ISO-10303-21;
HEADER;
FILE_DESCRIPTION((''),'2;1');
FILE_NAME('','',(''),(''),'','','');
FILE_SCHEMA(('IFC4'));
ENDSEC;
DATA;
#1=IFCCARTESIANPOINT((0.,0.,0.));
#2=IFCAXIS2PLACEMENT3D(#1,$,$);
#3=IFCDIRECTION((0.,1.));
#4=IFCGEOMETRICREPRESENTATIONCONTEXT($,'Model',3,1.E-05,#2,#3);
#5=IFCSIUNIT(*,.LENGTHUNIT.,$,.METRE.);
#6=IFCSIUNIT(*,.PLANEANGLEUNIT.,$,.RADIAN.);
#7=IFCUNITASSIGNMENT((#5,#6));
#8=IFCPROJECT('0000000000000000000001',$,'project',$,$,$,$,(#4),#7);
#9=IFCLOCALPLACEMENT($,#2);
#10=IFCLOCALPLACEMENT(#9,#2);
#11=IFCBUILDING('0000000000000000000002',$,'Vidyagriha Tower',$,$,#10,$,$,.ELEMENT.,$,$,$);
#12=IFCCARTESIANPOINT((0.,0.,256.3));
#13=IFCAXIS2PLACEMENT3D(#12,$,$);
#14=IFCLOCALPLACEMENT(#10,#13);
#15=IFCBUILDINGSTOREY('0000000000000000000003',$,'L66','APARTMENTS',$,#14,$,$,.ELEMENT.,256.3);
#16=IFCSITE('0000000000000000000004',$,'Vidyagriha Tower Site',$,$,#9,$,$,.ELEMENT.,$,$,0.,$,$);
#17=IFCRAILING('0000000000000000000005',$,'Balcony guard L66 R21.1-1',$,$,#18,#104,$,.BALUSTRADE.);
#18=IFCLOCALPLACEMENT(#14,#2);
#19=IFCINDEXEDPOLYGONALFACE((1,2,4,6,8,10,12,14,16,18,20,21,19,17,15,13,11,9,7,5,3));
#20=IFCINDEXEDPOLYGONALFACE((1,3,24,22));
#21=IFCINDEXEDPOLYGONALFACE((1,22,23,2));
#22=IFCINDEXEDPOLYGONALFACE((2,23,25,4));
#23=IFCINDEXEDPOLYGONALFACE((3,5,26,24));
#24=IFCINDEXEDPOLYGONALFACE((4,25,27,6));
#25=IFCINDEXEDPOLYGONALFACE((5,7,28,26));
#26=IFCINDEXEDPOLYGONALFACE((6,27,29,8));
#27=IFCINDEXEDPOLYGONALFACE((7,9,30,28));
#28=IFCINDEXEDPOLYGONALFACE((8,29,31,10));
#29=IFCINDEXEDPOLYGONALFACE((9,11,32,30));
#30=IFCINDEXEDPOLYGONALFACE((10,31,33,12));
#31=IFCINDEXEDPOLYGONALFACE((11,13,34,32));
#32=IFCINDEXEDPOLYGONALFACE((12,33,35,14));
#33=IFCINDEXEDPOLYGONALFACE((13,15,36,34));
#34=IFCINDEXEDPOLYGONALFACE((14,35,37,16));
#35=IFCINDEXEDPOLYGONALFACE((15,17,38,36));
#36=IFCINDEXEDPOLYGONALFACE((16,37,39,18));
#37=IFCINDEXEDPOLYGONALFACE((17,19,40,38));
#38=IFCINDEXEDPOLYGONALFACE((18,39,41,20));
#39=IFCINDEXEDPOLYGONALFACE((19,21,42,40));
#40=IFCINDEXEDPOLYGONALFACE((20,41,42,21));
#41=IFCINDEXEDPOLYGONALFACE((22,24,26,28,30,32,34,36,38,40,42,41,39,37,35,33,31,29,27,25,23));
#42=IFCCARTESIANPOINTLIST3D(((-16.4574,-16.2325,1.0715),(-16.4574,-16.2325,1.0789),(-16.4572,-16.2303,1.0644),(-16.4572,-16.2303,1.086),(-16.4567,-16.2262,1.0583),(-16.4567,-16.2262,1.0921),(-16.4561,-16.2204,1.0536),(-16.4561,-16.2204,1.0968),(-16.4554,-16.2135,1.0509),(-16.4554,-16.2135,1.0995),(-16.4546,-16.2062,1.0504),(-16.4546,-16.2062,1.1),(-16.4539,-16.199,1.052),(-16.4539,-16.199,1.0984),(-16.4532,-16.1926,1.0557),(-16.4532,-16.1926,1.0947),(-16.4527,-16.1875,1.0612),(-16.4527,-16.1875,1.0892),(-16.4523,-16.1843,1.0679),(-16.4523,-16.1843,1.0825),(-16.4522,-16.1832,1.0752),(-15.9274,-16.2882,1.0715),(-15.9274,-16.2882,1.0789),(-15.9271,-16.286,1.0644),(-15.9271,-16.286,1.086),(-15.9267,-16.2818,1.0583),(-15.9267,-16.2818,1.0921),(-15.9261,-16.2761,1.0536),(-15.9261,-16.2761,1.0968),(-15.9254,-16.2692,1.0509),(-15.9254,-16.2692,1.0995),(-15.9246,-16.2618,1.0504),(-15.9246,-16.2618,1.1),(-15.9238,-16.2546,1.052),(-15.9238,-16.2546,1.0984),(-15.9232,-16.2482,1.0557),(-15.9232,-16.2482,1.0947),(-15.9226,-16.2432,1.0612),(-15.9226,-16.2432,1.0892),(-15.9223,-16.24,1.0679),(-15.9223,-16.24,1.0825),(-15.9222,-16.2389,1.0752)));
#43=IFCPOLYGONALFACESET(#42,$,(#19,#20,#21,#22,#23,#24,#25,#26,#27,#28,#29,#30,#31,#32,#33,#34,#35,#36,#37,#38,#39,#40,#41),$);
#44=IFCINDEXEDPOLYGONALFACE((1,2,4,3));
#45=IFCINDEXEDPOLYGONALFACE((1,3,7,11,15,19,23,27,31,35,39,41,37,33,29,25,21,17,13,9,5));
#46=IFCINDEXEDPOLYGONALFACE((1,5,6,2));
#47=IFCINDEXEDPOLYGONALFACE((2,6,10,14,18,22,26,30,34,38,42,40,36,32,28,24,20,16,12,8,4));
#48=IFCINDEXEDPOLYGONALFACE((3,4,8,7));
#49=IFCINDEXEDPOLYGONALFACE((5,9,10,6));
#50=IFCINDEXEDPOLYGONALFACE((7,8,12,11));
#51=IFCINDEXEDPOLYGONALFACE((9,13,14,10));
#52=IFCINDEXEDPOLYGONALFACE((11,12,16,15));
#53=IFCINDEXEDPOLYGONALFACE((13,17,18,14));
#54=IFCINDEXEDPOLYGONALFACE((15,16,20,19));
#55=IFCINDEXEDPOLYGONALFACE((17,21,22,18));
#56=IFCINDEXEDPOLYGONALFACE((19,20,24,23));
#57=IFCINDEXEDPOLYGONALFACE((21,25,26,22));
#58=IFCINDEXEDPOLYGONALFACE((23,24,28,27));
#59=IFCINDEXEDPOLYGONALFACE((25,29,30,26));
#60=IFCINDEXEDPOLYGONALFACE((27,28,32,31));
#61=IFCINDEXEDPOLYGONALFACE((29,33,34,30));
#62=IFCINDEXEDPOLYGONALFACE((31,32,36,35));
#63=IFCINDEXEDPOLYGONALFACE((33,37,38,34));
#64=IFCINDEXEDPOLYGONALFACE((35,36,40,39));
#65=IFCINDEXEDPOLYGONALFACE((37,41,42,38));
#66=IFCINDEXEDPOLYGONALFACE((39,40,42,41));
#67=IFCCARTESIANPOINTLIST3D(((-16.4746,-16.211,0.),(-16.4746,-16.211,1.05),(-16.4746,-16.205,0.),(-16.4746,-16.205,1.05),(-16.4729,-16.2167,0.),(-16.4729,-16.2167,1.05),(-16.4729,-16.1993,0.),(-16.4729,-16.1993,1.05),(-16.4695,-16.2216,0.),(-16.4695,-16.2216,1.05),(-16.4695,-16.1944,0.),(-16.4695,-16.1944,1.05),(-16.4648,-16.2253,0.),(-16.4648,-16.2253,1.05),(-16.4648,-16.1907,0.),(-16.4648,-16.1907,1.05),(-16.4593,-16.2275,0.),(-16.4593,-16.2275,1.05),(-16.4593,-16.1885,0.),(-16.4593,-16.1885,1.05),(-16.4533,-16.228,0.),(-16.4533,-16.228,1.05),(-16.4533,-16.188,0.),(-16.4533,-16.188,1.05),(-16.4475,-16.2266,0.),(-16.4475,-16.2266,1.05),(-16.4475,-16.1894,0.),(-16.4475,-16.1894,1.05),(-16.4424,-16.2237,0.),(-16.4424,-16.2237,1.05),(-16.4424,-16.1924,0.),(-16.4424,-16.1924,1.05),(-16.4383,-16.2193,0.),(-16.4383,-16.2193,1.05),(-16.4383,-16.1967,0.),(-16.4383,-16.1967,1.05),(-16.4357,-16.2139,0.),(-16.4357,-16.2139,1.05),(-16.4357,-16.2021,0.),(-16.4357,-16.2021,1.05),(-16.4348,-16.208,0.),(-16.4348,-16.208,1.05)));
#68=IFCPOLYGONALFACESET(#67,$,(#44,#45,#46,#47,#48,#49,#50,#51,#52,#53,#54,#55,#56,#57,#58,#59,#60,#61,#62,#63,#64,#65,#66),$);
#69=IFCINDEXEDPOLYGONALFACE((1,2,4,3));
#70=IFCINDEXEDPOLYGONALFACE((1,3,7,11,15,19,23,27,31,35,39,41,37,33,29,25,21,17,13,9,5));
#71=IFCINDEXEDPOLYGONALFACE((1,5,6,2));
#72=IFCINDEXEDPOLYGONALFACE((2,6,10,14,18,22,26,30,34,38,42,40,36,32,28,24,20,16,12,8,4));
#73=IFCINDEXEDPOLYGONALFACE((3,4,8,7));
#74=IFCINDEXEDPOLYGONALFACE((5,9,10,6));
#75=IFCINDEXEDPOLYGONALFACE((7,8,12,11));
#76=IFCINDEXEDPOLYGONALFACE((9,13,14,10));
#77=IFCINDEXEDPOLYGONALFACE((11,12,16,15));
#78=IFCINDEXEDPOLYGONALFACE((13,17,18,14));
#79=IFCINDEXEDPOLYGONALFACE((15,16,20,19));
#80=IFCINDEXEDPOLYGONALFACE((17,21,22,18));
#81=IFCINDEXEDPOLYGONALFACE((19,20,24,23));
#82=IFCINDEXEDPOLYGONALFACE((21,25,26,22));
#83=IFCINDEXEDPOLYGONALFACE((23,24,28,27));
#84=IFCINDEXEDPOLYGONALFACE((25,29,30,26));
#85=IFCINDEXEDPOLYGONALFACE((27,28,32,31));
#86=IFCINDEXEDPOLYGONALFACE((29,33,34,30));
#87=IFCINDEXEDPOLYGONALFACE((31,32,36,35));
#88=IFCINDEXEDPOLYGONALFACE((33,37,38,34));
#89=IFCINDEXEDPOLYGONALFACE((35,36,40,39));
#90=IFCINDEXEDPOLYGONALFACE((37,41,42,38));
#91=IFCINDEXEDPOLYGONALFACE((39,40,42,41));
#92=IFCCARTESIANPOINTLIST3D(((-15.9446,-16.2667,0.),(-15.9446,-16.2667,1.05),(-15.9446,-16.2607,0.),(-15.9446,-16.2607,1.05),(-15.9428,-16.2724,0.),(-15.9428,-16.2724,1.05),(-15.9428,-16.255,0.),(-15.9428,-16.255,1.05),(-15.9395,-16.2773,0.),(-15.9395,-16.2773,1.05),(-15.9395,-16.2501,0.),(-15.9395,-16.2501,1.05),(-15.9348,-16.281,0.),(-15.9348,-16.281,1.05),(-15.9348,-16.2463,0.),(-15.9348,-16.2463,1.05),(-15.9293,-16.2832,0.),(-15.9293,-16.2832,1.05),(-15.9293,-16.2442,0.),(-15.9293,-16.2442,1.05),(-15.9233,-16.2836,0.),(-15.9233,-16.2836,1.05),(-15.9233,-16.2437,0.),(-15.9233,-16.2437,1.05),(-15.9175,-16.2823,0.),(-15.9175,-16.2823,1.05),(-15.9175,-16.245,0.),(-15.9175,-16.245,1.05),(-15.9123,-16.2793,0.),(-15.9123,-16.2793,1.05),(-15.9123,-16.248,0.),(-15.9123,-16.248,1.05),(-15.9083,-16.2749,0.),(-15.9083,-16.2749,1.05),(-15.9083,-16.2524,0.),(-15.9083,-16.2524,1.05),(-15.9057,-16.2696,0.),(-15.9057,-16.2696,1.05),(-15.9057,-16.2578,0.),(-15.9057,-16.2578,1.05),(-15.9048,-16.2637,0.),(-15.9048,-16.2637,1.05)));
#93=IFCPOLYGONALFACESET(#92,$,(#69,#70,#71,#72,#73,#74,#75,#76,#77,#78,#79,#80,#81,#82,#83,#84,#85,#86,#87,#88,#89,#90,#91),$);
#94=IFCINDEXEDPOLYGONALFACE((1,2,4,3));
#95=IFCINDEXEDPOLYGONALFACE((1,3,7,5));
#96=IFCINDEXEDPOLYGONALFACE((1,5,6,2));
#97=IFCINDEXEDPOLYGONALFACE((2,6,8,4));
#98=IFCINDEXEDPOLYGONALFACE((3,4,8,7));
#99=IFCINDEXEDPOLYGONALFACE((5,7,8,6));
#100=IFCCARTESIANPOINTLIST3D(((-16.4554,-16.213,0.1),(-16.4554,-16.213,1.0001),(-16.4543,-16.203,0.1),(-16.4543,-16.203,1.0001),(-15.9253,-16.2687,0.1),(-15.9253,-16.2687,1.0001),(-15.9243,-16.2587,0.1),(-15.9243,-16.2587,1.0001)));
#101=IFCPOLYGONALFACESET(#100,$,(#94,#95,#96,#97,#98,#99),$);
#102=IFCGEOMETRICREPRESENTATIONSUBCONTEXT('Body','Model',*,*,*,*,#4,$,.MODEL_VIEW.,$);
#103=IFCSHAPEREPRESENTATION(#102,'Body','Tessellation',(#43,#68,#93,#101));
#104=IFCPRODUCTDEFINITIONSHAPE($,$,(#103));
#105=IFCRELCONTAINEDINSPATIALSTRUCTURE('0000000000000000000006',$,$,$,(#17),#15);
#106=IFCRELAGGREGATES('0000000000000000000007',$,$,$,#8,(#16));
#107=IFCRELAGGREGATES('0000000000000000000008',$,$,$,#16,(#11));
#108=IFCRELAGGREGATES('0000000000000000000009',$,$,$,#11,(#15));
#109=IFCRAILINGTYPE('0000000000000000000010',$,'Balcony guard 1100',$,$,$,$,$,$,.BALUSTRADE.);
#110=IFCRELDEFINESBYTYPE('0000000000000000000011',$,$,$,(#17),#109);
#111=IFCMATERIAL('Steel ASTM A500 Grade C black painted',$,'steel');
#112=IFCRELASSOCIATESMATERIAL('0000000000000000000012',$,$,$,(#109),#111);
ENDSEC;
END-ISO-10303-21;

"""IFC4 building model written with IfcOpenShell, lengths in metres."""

from ifc_helpers import new_model, si_unit, direction, frame, origin, origin_2d, place, context, subcontext, project, spatial, rectangle, circle, extrude, material, type_object, element, save


model = new_model("IFC4")

# Units and contexts
model_context = context("Model", 3, precision=1e-05, world=origin(), true_north=direction((0.0, 1.0)))
body_context = subcontext(model_context, "Body", "Model", "MODEL_VIEW")
ifc_project = project(units=[si_unit("LENGTHUNIT", "METRE"), si_unit("PLANEANGLEUNIT", "RADIAN")], contexts=[model_context])

# Site, building, storey
site_placement = place(None, origin())
site = spatial("IfcSite", under=ifc_project, at=site_placement, Name="Vidyagriha Tower Site", CompositionType="ELEMENT", RefElevation=0.0)
building_placement = place(site_placement, origin())
building = spatial("IfcBuilding", under=site, at=building_placement, Name="Vidyagriha Tower", CompositionType="ELEMENT")
storey_placement = place(building_placement, frame((0.0, 0.0, 256.3)))
storey = spatial("IfcBuildingStorey", under=building, at=storey_placement, Name="L66", Description="APARTMENTS", CompositionType="ELEMENT", Elevation=256.3)

# Railing
ifc_material_1 = material(Name="Steel ASTM A500 Grade C black painted", Category="steel")
railing_type_1 = type_object("IfcRailingType", Name="Balcony guard 1100", PredefinedType="BALUSTRADE", material=ifc_material_1)
railing_1_placement = place(storey_placement, frame((-16.4548, -16.208, 0.0)))
element("IfcRailing", 1, at=railing_1_placement, inside=storey, type_object=railing_type_1, Name="Balcony guard L66 R21.1-1", PredefinedType="BALUSTRADE", context=body_context, shape_type="SweptSolid", body=[
    extrude(circle(Radius=0.0249, at=origin_2d()), frame((0.0, 0.0, 1.0752), z_axis=(0.994531, -0.104446, 0.0), x_axis=(0.104446, 0.994531, 0.0)), (0.0, 0.0, 1.0), 0.533),
    extrude(circle(Radius=0.02, at=origin_2d()), origin(), (0.0, 0.0, 1.0), 1.05),
    extrude(circle(Radius=0.02, at=origin_2d()), frame((0.53, -0.0557, 0.0)), (0.0, 0.0, 1.0), 1.05),
    extrude(rectangle(XDim=0.01, YDim=0.9001, at=origin_2d()), frame((0.0, 0.0, 0.55), z_axis=(0.994531, -0.104446, 0.0), x_axis=(0.104446, 0.994531, 0.0)), (0.0, 0.0, 1.0), 0.533),
])

save(model, "model.ifc")
